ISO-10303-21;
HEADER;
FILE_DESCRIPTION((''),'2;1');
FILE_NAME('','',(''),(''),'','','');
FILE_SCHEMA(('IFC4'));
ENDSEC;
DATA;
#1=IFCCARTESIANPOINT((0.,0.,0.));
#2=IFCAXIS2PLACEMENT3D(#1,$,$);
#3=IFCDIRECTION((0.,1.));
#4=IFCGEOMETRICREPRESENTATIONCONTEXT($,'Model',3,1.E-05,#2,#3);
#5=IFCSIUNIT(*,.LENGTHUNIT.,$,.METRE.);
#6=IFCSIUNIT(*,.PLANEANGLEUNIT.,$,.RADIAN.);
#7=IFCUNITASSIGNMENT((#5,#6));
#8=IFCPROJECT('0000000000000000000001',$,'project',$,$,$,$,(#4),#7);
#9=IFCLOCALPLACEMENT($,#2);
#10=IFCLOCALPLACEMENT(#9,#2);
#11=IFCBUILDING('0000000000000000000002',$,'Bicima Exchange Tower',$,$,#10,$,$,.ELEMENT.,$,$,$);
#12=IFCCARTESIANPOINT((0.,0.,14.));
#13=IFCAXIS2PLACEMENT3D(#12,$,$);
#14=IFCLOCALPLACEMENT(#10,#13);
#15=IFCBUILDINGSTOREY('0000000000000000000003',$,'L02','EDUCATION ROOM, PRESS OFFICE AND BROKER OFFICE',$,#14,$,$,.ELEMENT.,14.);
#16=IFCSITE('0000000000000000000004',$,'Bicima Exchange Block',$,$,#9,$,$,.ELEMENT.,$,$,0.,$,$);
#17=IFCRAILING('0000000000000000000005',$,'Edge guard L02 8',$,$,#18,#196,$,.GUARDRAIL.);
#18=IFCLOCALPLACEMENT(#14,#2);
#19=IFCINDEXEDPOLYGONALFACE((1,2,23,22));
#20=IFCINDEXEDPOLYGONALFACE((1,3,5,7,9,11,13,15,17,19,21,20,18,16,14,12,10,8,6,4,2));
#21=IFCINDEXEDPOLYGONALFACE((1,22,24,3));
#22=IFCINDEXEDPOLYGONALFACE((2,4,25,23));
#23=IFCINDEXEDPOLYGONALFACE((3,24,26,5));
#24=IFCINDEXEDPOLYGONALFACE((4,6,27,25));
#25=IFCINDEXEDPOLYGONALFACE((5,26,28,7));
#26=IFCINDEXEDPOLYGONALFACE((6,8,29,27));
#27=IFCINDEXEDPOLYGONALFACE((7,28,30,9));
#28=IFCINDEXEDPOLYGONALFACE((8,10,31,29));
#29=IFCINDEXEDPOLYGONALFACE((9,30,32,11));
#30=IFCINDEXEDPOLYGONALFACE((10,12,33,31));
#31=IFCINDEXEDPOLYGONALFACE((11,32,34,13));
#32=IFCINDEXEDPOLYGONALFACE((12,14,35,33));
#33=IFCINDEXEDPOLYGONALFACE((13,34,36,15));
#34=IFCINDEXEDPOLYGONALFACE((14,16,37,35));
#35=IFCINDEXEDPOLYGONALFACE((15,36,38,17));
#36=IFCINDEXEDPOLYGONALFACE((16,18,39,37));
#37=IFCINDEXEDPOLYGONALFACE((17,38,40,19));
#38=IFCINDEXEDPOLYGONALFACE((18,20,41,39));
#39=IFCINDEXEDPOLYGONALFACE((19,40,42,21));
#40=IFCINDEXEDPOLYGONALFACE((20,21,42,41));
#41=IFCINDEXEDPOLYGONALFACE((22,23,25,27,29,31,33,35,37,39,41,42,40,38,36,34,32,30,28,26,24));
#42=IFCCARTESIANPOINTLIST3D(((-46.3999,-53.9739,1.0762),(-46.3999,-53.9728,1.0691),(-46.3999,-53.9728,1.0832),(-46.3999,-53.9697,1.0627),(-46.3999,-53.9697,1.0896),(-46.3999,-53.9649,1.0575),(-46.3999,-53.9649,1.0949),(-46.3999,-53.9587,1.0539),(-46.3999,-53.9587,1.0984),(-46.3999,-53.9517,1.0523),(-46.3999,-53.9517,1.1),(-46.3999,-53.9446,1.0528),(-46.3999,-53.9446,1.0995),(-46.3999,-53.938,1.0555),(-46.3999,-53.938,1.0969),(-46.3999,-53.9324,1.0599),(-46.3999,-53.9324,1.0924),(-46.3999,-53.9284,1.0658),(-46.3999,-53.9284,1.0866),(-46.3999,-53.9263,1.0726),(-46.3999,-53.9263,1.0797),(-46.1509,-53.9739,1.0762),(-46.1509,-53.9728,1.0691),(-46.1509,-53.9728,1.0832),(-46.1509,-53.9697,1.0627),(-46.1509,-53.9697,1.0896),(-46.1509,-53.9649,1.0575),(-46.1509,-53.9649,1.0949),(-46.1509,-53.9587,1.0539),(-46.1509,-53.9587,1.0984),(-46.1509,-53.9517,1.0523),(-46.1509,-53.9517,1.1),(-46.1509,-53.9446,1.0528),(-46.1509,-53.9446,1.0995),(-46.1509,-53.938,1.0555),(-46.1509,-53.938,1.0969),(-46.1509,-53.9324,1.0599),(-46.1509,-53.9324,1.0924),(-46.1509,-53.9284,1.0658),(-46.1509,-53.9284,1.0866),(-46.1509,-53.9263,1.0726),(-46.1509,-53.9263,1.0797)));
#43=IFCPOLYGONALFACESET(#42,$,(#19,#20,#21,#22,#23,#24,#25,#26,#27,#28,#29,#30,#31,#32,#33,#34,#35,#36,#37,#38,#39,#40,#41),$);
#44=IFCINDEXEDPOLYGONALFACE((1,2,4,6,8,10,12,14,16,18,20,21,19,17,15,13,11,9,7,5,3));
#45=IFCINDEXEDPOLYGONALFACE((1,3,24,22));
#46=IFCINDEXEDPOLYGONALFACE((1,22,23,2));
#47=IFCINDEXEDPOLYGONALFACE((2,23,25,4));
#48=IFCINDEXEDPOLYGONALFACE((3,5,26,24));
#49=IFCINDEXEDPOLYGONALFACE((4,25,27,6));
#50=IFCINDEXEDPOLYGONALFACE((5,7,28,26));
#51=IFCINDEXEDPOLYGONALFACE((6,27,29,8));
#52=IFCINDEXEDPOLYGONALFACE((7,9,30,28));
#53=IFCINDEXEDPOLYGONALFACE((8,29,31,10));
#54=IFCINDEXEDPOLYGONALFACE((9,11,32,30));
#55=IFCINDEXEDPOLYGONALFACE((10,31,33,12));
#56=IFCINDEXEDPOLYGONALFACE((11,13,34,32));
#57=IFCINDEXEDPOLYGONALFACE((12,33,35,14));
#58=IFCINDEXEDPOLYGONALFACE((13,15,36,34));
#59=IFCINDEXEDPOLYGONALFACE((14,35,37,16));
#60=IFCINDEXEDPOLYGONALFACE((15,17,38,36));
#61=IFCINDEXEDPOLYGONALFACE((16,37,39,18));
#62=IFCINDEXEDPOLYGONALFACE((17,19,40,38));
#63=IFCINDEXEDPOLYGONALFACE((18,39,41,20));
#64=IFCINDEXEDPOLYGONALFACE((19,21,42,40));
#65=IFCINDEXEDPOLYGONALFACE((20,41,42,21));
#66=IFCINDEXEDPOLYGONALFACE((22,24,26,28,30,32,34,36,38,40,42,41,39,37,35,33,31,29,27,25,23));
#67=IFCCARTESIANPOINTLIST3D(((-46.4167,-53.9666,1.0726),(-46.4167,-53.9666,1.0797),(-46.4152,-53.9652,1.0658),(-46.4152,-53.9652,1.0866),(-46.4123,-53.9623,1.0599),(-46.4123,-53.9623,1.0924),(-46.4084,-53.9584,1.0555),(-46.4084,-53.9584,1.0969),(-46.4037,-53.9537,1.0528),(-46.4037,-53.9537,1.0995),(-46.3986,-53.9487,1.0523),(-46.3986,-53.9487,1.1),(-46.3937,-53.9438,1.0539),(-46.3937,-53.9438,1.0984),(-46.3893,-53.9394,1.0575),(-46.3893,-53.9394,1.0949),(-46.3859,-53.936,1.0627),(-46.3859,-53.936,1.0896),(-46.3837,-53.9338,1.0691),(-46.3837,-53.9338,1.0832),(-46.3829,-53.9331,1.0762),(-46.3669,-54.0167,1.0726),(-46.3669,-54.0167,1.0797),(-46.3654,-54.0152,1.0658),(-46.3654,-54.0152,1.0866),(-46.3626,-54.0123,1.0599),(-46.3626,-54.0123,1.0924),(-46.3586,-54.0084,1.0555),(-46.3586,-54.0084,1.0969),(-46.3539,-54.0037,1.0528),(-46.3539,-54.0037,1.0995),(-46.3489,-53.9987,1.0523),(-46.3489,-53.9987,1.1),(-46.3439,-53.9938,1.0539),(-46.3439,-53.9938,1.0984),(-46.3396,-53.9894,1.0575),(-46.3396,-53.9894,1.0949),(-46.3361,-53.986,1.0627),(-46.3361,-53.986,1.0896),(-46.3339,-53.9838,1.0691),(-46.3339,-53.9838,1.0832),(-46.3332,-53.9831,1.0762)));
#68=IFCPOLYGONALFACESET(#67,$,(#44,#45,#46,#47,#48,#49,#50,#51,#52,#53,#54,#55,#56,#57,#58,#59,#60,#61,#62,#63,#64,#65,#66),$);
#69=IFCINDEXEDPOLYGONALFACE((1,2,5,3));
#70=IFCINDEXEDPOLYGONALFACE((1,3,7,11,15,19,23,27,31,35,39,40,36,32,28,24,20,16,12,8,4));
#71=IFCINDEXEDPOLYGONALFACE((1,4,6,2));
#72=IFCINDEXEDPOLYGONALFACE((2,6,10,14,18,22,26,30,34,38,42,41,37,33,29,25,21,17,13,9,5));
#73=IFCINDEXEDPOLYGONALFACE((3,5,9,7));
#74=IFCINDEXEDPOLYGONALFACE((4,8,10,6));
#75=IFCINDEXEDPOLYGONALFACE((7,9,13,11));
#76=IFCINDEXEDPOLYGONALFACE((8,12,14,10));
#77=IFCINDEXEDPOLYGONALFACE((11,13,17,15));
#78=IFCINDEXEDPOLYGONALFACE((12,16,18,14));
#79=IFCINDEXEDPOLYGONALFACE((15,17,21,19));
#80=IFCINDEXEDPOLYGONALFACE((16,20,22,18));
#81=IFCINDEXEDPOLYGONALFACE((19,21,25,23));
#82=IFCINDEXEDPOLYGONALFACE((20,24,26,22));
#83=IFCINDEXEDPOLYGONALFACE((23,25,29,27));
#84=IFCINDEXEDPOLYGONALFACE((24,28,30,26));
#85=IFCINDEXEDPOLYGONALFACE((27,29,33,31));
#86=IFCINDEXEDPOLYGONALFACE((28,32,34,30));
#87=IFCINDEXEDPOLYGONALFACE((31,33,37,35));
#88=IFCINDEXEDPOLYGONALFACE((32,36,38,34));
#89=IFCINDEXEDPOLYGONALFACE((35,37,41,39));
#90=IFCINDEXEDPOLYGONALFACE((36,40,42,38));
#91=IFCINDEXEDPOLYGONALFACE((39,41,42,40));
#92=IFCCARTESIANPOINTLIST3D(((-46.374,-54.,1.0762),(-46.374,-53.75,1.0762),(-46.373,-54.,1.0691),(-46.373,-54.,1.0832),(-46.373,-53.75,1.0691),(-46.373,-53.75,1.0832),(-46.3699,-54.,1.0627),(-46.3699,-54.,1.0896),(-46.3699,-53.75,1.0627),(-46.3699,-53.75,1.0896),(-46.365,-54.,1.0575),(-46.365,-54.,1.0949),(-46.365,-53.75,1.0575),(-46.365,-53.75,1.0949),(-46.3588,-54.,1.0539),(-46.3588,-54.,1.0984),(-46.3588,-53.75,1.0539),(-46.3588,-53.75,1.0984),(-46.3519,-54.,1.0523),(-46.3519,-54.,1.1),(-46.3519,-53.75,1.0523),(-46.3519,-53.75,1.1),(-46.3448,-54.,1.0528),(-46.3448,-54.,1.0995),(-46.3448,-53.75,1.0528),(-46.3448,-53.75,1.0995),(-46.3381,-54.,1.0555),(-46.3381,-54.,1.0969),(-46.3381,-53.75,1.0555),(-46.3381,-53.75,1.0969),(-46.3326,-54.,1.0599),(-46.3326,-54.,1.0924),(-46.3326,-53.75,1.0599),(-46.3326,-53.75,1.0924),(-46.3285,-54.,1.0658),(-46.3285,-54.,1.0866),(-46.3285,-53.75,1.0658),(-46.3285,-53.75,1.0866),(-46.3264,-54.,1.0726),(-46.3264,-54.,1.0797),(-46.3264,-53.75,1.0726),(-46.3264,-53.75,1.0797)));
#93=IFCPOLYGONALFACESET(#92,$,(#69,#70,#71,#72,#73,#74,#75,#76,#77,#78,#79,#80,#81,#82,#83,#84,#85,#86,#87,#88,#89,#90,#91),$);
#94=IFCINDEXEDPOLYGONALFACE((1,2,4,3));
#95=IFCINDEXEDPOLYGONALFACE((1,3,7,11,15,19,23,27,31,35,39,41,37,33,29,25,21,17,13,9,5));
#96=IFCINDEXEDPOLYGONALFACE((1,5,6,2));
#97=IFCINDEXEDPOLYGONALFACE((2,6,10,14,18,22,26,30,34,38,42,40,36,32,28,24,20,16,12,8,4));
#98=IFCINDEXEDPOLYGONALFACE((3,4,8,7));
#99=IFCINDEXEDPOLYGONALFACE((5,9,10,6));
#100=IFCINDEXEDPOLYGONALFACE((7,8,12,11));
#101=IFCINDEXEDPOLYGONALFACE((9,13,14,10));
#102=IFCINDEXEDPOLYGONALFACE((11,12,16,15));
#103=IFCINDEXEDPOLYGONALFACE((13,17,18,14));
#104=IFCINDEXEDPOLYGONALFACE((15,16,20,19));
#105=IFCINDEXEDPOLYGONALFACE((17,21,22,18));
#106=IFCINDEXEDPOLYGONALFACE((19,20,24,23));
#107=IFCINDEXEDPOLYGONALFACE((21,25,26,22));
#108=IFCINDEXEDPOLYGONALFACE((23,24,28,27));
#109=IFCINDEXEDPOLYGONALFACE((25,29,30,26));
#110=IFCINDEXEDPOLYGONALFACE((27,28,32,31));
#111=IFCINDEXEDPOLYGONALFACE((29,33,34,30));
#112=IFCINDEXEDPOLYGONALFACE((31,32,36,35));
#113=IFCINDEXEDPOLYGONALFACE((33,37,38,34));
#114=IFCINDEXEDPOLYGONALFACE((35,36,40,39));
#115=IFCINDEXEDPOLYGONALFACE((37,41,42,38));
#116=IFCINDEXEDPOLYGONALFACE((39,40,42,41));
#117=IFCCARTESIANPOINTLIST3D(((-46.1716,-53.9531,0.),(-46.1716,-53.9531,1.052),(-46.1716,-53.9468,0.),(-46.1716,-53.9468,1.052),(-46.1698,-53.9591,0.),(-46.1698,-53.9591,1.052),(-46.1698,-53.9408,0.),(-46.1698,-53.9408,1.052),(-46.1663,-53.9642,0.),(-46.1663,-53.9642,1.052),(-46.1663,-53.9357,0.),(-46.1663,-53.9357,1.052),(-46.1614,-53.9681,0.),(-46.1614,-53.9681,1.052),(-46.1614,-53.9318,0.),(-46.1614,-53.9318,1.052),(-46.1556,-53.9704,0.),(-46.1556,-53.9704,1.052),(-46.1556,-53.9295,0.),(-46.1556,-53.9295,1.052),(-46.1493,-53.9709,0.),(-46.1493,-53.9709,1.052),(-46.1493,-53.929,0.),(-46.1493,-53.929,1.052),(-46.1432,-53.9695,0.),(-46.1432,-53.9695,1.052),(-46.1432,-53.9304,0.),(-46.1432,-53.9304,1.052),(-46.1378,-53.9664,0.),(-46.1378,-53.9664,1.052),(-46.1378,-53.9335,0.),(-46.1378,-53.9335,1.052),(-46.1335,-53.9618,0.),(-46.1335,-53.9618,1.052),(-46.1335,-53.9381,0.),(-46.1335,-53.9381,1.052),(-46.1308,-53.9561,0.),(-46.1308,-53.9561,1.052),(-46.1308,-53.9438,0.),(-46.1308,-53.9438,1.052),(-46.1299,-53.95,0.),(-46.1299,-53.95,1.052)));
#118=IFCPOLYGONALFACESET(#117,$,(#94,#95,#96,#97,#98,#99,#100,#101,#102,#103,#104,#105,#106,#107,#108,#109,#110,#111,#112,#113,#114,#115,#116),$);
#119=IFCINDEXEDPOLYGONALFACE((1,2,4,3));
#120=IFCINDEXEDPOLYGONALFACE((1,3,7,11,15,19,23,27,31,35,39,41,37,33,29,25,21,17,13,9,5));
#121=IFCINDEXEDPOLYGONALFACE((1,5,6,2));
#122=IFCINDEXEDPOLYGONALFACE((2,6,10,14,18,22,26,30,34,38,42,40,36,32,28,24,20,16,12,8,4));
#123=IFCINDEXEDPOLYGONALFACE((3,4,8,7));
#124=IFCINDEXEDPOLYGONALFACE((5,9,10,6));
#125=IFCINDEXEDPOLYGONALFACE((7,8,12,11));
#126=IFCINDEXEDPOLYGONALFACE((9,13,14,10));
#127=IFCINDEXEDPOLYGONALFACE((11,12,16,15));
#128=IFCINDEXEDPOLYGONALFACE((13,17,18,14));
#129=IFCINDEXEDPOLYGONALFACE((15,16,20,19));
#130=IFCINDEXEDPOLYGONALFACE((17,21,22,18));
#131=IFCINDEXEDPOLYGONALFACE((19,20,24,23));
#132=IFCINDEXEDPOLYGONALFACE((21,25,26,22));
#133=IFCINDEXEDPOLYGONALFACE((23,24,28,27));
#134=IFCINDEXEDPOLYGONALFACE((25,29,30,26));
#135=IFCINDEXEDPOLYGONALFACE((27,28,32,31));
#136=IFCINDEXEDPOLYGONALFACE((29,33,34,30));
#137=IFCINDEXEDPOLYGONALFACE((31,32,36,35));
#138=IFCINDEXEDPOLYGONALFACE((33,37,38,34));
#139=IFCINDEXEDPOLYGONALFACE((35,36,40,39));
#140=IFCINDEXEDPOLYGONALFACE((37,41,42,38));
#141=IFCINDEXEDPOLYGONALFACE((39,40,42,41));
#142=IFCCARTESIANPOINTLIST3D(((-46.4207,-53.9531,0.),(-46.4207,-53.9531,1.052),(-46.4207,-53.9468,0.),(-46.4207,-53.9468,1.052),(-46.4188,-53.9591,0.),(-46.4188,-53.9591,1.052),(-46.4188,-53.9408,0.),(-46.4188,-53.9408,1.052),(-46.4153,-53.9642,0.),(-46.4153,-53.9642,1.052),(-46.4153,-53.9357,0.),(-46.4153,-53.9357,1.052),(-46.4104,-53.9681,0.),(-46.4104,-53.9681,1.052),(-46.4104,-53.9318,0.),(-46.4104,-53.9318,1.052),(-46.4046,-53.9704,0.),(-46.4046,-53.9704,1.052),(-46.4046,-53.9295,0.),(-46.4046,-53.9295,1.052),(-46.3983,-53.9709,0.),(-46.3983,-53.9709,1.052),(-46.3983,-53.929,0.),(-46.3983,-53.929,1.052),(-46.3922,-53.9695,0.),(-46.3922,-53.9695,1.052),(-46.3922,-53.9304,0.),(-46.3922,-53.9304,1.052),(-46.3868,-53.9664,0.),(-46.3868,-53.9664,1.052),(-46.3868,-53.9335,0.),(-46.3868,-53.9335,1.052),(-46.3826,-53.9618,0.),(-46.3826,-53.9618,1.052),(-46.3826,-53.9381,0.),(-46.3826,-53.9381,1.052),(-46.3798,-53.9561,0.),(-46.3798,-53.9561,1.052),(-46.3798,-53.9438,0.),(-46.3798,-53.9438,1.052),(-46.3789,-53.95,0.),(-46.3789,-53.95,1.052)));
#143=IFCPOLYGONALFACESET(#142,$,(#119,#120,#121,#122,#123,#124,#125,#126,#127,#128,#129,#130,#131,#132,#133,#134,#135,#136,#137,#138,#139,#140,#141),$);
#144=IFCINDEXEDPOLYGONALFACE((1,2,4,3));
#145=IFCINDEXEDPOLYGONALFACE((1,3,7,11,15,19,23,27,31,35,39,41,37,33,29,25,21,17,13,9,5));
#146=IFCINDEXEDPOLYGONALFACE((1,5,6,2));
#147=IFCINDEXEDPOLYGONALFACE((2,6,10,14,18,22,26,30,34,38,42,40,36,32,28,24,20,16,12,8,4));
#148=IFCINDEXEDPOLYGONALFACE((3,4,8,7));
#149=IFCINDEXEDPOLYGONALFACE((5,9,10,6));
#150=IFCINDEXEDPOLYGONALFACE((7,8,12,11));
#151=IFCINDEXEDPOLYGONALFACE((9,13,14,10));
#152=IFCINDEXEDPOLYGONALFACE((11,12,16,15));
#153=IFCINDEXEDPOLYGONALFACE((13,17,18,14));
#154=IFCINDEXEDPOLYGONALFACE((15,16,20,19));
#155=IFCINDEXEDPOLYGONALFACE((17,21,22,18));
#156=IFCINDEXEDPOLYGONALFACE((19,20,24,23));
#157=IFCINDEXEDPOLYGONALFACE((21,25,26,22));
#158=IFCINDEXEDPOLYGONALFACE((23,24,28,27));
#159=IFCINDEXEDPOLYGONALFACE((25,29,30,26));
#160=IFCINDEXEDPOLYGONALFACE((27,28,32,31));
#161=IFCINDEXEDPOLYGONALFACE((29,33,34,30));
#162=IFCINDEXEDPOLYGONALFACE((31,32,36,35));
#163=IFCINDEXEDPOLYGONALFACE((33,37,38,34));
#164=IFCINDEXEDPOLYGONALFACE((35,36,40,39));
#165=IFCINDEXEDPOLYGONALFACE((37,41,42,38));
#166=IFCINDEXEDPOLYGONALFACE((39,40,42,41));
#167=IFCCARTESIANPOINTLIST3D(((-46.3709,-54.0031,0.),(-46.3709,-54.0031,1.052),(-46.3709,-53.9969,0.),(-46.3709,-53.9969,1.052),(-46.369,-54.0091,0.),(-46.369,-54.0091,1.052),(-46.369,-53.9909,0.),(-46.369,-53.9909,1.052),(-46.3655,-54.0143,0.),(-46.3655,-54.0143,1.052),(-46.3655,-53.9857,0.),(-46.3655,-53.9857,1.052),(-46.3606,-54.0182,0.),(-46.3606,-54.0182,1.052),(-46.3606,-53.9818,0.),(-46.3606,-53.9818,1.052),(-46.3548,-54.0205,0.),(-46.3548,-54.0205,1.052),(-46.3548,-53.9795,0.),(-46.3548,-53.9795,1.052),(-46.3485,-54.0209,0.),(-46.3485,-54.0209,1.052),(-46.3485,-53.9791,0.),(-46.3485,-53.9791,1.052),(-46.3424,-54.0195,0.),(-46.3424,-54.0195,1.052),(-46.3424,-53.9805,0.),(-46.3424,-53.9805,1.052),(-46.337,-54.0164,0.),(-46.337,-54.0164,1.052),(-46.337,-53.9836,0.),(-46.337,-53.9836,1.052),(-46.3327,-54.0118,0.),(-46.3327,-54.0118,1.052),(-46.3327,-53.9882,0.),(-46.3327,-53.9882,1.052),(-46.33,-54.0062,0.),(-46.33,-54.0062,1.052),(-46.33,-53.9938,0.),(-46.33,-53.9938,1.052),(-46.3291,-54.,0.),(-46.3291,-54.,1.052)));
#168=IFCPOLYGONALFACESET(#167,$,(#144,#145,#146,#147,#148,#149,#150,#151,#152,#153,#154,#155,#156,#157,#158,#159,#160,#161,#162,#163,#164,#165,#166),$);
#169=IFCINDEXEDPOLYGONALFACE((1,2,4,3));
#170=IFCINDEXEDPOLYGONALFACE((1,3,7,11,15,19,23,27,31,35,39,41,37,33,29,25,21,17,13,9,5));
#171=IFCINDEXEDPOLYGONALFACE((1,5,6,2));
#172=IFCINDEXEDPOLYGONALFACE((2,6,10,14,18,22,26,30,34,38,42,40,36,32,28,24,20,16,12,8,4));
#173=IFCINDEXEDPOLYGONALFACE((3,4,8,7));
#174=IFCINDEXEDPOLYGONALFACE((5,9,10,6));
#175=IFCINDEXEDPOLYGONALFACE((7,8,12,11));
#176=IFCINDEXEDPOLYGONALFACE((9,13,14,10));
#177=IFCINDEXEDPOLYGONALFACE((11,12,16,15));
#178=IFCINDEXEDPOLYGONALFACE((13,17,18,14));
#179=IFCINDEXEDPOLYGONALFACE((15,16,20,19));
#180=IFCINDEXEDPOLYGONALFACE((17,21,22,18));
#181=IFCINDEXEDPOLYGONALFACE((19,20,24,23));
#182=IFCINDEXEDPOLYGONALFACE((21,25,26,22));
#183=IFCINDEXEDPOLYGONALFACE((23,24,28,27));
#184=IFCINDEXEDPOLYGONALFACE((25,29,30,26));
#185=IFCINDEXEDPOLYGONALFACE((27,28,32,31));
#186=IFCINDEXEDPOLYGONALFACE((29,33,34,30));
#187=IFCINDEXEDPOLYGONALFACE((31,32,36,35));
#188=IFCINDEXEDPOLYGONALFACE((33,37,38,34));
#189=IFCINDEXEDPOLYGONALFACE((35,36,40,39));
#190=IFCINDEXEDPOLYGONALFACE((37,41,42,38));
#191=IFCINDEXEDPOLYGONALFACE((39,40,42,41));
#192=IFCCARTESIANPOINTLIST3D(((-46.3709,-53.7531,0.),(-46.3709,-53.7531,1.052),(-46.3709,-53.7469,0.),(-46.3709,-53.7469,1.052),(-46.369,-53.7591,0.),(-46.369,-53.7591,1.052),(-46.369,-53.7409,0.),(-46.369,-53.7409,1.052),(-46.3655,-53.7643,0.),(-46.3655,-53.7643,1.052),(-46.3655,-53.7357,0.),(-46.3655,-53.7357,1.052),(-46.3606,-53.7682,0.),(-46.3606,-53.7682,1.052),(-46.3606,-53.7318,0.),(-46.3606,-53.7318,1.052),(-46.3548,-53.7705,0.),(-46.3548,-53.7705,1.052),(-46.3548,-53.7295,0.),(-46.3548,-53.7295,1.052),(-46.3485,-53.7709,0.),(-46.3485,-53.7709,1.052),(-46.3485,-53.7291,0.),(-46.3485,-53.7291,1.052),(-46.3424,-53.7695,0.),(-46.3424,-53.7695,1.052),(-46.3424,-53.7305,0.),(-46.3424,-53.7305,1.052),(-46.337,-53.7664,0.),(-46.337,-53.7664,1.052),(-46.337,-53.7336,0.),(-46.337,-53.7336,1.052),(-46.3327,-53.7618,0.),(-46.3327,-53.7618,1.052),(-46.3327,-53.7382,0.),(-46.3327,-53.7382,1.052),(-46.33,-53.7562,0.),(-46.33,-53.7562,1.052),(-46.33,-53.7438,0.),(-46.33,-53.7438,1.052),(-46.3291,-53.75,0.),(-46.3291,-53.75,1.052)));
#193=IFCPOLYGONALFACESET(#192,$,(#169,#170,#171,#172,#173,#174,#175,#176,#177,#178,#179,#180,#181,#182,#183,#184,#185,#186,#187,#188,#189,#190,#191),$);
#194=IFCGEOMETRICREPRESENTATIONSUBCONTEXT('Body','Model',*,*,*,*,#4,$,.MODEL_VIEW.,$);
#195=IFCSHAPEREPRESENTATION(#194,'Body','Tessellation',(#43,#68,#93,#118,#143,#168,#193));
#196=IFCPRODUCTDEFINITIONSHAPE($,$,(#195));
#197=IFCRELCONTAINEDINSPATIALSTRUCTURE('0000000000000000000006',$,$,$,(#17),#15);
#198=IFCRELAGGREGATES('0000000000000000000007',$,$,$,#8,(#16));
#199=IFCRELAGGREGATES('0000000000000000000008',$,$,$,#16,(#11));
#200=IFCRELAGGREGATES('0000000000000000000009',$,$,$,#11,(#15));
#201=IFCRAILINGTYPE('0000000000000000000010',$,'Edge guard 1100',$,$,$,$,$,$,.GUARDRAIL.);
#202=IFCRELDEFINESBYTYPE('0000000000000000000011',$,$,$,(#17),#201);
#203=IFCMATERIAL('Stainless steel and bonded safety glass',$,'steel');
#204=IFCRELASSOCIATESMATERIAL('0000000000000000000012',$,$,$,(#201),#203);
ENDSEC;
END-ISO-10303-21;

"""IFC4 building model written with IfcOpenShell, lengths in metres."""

from ifc_helpers import new_model, si_unit, direction, frame, origin, origin_2d, place, context, subcontext, project, spatial, circle, extrude, material, type_object, element, save


model = new_model("IFC4")

# Units and contexts
model_context = context("Model", 3, precision=1e-05, world=origin(), true_north=direction((0.0, 1.0)))
body_context = subcontext(model_context, "Body", "Model", "MODEL_VIEW")
ifc_project = project(units=[si_unit("LENGTHUNIT", "METRE"), si_unit("PLANEANGLEUNIT", "RADIAN")], contexts=[model_context])

# Site, building, storey
site_placement = place(None, origin())
site = spatial("IfcSite", under=ifc_project, at=site_placement, Name="Bicima Exchange Block", CompositionType="ELEMENT", RefElevation=0.0)
building_placement = place(site_placement, origin())
building = spatial("IfcBuilding", under=site, at=building_placement, Name="Bicima Exchange Tower", CompositionType="ELEMENT")
storey_placement = place(building_placement, frame((0.0, 0.0, 14.0)))
storey = spatial("IfcBuildingStorey", under=building, at=storey_placement, Name="L02", Description="EDUCATION ROOM, PRESS OFFICE AND BROKER OFFICE", CompositionType="ELEMENT", Elevation=14.0)

# Railing
ifc_material_1 = material(Name="Stainless steel and bonded safety glass", Category="steel")
railing_type = type_object("IfcRailingType", Name="Edge guard 1100", PredefinedType="GUARDRAIL", material=ifc_material_1)
railing_placement = place(storey_placement, frame((-46.1509, -53.95, 0.0)))
element("IfcRailing", 1, at=railing_placement, inside=storey, type_object=railing_type, Name="Edge guard L02 8", PredefinedType="GUARDRAIL", context=body_context, shape_type="SweptSolid", body=[
    extrude(circle(Radius=0.0239, at=origin_2d()), frame((0.0, 0.0, 1.0762), z_axis=(-1.0, 0.0, 0.0), x_axis=(0.0, -1.0, 0.0)), (0.0, 0.0, 1.0), 0.249),
    extrude(circle(Radius=0.0239, at=origin_2d()), frame((-0.249, 0.0, 1.0762), z_axis=(0.705376, -0.708834, 0.0), x_axis=(0.708834, 0.705376, 0.0)), (0.0, 0.0, 1.0), 0.0706),
    extrude(circle(Radius=0.0239, at=origin_2d()), frame((-0.1992, -0.05, 1.0762), z_axis=(0.0, 1.0, 0.0), x_axis=(-1.0, 0.0, 0.0)), (0.0, 0.0, 1.0), 0.25),
    extrude(circle(Radius=0.021, at=origin_2d()), origin(), (0.0, 0.0, 1.0), 1.052),
    extrude(circle(Radius=0.021, at=origin_2d()), frame((-0.249, 0.0, 0.0)), (0.0, 0.0, 1.0), 1.052),
    extrude(circle(Radius=0.021, at=origin_2d()), frame((-0.1992, -0.05, 0.0)), (0.0, 0.0, 1.0), 1.052),
    extrude(circle(Radius=0.021, at=origin_2d()), frame((-0.1992, 0.2, 0.0)), (0.0, 0.0, 1.0), 1.052),
])

save(model, "model.ifc")
